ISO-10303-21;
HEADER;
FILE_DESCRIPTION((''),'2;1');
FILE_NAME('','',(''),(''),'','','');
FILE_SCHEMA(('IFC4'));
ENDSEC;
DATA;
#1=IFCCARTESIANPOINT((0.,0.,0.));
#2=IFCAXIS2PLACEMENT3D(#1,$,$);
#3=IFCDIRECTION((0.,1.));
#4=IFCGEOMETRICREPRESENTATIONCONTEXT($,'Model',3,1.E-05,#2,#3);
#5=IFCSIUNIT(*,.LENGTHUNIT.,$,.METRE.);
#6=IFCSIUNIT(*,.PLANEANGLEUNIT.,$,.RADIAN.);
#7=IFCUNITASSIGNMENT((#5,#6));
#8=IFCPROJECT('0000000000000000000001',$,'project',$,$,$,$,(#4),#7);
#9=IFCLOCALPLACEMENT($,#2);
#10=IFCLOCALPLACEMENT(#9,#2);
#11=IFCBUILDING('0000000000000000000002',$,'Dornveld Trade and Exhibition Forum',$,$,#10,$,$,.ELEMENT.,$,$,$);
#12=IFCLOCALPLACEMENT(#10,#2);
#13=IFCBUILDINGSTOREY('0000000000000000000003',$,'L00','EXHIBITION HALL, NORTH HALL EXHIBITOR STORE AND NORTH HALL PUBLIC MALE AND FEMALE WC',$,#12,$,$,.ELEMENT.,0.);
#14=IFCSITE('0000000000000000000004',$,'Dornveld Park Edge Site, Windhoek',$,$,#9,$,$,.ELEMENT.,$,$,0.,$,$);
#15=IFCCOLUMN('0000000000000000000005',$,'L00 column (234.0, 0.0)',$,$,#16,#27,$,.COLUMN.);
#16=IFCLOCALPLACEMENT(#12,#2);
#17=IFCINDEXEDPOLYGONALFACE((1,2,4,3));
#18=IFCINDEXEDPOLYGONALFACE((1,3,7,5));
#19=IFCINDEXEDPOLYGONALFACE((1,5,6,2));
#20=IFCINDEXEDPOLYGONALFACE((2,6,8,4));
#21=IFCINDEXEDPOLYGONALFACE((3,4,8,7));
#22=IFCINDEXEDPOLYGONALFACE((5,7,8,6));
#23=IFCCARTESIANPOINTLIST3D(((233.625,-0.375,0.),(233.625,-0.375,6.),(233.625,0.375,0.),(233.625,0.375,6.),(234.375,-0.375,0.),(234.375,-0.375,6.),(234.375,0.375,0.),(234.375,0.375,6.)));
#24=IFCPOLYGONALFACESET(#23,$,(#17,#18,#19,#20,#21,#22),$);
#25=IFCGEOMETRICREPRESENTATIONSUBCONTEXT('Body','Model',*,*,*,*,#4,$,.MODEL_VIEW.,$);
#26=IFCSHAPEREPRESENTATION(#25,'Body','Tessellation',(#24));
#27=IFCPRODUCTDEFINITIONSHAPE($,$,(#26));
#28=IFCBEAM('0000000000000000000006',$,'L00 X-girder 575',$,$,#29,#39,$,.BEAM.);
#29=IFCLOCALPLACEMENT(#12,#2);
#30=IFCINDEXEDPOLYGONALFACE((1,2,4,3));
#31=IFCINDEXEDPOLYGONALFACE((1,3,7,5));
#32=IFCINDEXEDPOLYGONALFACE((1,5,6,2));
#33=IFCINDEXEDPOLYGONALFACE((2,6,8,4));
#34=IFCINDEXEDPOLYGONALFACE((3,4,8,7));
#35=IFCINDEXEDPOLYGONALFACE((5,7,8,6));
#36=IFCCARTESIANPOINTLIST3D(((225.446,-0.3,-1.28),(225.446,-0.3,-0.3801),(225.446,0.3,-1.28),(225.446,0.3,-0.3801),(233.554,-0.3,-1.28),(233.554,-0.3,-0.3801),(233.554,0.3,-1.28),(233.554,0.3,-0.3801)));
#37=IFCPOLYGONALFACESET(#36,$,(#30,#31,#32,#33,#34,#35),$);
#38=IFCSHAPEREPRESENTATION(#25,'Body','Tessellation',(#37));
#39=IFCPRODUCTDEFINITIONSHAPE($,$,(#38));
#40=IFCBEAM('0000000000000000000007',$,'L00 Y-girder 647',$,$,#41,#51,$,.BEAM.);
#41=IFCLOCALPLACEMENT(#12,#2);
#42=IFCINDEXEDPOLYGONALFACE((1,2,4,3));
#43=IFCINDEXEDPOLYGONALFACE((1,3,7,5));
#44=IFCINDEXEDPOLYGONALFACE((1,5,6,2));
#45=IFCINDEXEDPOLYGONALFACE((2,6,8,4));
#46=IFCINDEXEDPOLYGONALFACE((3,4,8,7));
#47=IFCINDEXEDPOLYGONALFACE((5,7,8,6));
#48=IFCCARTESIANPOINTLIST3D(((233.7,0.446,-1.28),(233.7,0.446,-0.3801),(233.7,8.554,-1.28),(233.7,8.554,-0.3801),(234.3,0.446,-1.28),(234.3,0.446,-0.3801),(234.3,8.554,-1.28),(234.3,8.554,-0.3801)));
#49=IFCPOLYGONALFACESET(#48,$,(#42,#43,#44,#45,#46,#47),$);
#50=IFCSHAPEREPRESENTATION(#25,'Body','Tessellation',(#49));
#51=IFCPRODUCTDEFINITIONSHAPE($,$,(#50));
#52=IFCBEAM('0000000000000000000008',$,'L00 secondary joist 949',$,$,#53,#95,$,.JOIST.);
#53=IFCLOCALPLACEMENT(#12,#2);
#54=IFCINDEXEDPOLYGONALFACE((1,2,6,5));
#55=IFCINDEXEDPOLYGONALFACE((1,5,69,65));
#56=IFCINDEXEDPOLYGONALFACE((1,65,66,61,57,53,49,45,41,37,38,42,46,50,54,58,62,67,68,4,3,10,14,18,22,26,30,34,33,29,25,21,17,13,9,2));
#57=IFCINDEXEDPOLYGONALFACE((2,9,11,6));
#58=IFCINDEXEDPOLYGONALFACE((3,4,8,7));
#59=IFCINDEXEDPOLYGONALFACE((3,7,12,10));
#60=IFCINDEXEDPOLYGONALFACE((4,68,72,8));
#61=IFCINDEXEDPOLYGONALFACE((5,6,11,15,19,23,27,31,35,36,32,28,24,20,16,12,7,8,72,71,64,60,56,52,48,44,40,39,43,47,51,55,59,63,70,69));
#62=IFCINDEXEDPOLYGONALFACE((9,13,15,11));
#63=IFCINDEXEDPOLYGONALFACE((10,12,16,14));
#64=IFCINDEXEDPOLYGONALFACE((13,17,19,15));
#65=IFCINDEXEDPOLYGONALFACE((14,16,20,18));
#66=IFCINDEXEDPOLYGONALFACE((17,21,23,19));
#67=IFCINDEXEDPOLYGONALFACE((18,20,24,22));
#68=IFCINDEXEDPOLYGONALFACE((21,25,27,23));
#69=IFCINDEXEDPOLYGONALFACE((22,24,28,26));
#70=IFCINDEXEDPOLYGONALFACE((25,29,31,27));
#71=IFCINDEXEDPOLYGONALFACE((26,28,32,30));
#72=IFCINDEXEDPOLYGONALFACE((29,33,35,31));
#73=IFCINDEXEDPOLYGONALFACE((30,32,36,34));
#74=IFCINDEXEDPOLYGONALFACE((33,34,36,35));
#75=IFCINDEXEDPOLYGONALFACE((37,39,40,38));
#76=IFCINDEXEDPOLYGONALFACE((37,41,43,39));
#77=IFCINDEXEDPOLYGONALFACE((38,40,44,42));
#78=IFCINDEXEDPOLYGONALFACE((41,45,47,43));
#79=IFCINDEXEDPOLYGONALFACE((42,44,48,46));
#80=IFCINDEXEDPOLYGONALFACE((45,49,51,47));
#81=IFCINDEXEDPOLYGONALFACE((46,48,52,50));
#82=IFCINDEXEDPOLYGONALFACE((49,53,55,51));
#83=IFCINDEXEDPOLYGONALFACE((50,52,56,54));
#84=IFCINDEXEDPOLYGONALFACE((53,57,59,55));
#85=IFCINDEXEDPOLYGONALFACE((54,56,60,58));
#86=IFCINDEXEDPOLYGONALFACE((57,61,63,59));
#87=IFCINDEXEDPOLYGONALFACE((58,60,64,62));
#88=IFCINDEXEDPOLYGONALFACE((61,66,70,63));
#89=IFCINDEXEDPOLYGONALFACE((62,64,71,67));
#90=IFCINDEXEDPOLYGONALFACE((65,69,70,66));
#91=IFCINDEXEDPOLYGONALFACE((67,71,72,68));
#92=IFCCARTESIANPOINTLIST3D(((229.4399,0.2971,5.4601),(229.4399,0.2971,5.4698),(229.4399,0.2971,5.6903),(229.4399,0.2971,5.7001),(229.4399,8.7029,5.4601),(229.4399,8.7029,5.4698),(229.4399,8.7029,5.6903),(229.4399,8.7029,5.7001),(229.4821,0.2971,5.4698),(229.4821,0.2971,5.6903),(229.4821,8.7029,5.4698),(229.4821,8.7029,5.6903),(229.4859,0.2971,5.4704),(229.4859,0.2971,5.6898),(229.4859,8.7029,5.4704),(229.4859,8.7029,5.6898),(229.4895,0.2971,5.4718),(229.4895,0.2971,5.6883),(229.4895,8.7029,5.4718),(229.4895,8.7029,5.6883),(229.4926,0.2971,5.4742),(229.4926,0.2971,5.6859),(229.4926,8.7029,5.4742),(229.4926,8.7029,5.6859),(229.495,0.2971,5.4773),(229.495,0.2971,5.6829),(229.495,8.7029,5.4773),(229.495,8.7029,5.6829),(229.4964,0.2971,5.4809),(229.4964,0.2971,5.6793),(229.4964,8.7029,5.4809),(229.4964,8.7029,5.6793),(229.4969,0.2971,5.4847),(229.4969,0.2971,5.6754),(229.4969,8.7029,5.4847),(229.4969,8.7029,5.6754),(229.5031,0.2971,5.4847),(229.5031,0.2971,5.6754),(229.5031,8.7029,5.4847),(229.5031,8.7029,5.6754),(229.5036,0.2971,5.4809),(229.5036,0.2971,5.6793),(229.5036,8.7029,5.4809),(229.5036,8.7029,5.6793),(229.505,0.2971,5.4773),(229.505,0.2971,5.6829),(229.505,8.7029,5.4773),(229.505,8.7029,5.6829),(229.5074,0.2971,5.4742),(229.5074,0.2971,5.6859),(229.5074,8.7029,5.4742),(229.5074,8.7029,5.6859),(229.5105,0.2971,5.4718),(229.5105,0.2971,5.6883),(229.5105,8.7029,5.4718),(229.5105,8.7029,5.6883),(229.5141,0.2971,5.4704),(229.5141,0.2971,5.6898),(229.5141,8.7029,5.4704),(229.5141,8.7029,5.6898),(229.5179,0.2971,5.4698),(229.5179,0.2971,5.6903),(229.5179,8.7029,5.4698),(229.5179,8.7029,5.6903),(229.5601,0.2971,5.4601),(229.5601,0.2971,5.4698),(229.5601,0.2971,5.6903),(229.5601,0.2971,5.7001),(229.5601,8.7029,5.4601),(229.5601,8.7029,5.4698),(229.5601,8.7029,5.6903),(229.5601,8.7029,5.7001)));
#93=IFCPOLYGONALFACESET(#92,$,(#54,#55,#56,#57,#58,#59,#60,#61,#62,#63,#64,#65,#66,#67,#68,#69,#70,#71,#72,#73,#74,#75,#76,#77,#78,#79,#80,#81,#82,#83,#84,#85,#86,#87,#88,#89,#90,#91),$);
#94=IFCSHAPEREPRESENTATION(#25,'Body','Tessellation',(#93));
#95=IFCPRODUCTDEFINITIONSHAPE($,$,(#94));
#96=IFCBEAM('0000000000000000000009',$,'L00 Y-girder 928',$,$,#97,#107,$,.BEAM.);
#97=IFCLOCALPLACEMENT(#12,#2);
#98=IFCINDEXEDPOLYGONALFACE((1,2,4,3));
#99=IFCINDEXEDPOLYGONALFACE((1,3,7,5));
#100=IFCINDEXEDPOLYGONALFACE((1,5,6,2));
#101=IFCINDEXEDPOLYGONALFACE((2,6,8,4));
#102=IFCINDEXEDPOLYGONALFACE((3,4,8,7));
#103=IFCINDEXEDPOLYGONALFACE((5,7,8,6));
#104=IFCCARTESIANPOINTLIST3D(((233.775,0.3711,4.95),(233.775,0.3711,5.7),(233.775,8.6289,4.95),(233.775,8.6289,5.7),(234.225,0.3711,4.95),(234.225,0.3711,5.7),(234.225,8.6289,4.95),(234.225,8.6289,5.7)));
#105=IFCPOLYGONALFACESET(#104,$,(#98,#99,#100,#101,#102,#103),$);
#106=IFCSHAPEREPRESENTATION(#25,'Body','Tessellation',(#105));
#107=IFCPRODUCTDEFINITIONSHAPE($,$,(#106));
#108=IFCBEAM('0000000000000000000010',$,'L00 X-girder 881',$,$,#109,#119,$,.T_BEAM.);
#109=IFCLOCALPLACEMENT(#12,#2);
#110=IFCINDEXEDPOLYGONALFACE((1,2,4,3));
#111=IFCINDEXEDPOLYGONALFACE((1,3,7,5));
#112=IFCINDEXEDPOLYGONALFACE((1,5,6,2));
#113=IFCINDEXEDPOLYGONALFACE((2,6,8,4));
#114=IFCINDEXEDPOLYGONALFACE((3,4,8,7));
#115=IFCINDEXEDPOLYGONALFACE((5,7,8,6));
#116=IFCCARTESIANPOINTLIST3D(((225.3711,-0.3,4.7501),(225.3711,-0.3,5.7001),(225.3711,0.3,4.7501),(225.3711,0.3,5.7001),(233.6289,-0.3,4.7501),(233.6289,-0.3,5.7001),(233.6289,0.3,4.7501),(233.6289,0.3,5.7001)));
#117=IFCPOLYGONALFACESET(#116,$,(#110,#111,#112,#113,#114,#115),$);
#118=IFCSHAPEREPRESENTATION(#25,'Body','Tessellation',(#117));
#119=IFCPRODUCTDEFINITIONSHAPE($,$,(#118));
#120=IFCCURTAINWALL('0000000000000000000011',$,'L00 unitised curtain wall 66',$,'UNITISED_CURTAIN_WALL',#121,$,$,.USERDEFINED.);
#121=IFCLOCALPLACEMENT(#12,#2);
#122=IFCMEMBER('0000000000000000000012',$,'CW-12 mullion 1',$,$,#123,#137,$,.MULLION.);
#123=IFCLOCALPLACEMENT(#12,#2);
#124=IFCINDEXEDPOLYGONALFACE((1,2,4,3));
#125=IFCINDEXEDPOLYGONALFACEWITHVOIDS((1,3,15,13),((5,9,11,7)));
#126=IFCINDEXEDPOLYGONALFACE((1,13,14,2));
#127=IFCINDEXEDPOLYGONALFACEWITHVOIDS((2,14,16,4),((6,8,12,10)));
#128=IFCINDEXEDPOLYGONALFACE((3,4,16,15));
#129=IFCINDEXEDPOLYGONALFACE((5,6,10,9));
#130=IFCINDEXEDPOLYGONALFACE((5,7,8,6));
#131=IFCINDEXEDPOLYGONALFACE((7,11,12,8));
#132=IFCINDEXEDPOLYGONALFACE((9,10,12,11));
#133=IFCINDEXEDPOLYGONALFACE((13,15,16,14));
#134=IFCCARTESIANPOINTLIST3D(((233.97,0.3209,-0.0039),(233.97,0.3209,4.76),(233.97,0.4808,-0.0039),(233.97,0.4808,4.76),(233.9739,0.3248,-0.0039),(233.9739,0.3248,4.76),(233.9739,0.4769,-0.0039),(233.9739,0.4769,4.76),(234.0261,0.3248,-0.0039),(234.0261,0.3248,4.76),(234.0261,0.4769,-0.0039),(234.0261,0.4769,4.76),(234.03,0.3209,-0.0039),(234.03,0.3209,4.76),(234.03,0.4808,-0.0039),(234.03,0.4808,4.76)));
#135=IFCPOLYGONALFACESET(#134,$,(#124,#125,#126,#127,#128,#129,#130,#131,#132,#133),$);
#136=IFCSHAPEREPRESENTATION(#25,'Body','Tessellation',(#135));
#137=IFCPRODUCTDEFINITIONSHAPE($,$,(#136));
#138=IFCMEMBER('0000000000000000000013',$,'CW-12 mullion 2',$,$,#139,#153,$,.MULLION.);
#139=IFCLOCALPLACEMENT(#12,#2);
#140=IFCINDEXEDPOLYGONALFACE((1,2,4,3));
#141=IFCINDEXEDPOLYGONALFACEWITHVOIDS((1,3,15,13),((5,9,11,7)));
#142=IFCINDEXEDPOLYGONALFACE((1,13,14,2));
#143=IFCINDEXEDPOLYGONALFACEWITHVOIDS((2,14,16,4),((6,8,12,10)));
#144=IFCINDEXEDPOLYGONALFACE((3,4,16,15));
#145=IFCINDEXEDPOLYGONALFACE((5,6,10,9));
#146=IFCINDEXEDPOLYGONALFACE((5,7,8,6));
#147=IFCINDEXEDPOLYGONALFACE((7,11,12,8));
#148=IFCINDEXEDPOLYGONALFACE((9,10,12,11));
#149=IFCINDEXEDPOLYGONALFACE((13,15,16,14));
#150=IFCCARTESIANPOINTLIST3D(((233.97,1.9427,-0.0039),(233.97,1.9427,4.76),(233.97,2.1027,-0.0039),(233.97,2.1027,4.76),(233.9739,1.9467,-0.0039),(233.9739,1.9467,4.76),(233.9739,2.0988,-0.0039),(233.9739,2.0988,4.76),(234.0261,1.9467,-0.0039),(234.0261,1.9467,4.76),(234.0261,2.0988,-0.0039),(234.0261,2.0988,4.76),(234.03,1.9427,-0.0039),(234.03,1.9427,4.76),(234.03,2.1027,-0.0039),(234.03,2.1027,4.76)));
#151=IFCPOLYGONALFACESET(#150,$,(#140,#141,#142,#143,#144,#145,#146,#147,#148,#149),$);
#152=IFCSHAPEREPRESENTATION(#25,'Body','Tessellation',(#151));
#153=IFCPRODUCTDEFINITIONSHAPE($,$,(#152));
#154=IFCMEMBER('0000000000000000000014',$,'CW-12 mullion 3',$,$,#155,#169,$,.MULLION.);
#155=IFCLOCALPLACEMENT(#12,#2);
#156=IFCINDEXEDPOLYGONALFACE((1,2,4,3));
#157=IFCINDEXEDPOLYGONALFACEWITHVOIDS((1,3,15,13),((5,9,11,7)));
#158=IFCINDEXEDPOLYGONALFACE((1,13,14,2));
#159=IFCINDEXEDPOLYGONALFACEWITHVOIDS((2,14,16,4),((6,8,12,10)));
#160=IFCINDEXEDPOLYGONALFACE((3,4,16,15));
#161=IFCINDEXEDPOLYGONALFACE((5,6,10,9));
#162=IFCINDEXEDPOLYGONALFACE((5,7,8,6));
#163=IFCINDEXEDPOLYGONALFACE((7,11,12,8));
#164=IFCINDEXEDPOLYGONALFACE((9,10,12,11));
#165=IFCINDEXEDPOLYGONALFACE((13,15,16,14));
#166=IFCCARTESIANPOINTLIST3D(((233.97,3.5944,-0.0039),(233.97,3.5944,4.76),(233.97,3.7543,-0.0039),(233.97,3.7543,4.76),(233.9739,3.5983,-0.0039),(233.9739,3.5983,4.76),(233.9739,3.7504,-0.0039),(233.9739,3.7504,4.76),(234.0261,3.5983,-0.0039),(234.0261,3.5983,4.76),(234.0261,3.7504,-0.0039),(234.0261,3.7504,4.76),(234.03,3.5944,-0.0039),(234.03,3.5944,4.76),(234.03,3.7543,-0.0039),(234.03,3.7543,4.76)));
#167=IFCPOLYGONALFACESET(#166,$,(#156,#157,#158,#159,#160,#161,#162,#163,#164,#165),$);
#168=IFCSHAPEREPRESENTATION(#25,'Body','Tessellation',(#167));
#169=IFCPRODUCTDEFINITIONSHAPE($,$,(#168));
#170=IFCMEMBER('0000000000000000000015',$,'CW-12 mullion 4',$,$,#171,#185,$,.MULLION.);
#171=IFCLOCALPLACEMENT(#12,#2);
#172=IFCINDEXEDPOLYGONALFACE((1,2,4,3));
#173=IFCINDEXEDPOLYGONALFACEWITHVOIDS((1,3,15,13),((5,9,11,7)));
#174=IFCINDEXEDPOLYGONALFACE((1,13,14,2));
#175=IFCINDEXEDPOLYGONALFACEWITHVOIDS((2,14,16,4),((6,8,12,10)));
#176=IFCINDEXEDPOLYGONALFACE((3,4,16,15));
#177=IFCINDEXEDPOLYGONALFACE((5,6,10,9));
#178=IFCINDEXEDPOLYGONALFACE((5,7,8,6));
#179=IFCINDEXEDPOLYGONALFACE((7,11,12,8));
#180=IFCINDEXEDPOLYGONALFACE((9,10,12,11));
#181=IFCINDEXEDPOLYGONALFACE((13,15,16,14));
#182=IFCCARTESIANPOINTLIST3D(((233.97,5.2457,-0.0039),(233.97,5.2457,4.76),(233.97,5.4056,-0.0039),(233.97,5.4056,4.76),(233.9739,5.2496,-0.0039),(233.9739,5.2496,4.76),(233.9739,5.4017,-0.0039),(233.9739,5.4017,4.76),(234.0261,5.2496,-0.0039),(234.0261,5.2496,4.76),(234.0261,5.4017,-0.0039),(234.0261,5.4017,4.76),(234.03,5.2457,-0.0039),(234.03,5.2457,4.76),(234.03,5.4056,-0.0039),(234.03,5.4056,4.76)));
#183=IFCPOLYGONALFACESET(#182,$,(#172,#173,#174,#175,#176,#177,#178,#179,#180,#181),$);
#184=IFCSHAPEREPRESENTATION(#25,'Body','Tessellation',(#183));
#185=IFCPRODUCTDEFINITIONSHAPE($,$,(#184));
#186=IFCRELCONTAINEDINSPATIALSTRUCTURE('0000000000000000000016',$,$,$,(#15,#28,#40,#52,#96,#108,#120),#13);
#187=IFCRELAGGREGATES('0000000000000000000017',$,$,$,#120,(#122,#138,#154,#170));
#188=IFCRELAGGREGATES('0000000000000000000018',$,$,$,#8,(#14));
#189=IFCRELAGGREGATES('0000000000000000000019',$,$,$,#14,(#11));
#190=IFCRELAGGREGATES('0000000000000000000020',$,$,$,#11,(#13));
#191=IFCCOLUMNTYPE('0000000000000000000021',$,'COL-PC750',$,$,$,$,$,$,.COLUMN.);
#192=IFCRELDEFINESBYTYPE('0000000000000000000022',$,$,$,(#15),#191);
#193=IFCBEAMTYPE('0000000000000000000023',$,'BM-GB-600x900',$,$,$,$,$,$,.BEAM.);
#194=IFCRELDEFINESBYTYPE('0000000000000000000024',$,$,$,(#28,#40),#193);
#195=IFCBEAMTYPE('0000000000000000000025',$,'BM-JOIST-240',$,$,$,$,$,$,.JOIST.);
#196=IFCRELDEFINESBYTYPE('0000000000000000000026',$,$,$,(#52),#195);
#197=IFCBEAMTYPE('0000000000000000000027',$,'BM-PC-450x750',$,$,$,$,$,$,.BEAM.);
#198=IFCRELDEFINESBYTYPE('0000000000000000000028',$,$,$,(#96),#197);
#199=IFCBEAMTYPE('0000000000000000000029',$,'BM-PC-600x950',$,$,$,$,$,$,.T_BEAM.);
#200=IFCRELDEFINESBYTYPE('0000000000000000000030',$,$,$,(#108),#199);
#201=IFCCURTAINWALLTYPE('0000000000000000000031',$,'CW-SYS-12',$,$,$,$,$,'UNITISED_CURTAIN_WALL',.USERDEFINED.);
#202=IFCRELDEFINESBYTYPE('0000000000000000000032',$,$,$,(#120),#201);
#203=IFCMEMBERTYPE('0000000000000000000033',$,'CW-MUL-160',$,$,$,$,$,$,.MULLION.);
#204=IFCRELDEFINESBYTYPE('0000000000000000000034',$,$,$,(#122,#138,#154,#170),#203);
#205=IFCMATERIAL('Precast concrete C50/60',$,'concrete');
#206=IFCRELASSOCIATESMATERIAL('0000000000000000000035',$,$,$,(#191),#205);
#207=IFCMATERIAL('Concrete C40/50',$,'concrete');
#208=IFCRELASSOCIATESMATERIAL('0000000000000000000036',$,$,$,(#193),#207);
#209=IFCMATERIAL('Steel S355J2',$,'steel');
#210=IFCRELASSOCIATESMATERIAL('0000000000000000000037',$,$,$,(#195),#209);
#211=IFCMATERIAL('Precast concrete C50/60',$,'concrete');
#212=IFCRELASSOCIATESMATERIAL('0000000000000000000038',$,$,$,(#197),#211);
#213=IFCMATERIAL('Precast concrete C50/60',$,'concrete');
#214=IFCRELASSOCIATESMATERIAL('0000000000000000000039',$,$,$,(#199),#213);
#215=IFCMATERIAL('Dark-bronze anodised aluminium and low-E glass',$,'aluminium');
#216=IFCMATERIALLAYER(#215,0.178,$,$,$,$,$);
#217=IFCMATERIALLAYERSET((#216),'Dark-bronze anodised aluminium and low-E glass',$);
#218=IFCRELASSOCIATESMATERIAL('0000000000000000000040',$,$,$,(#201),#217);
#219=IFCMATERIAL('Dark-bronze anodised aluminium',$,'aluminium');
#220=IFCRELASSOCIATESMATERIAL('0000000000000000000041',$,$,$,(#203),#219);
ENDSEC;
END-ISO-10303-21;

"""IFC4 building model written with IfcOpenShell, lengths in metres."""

from ifc_helpers import new_model, si_unit, direction, frame, origin, origin_2d, place, context, subcontext, project, spatial, rectangle, hollow_rectangle, i_section, extrude, material, layer, layer_set, material_profile, profile_set, type_object, element, aggregate, save


model = new_model("IFC4")

# Units and contexts
model_context = context("Model", 3, precision=1e-05, world=origin(), true_north=direction((0.0, 1.0)))
body_context = subcontext(model_context, "Body", "Model", "MODEL_VIEW")
ifc_project = project(units=[si_unit("LENGTHUNIT", "METRE"), si_unit("PLANEANGLEUNIT", "RADIAN")], contexts=[model_context])

# Site, building, storey
site_placement = place(None, origin())
site = spatial("IfcSite", under=ifc_project, at=site_placement, Name="Dornveld Park Edge Site, Windhoek", CompositionType="ELEMENT", RefElevation=0.0)
building_placement = place(site_placement, origin())
building = spatial("IfcBuilding", under=site, at=building_placement, Name="Dornveld Trade and Exhibition Forum", CompositionType="ELEMENT")
storey_placement = place(building_placement, origin())
storey = spatial("IfcBuildingStorey", under=building, at=storey_placement, Name="L00", Description="EXHIBITION HALL, NORTH HALL EXHIBITOR STORE AND NORTH HALL PUBLIC MALE AND FEMALE WC", CompositionType="ELEMENT", Elevation=0.0)

# Column
ifc_material_1 = material(Name="Precast concrete C50/60", Category="concrete")
ifc_material_profile_1 = material_profile(ifc_material_1, rectangle(XDim=0.75, YDim=0.75, at=origin_2d()), Name="PC-COL 750x750")
ifc_profile_set_1 = profile_set([ifc_material_profile_1], Name="Precast concrete C50/60")
column_type = type_object("IfcColumnType", Name="COL-PC750", PredefinedType="COLUMN", material=ifc_profile_set_1)
column_placement = place(storey_placement, frame((234.0, 0.0, 0.0), z_axis=(0.0, 0.0, 1.0), x_axis=(1.0, 0.0, 0.0)))
element("IfcColumn", 1, at=column_placement, inside=storey, type_object=column_type, Name="L00 column (234.0, 0.0)", PredefinedType="COLUMN", context=body_context, shape_type="SweptSolid", body=[
    extrude(rectangle(XDim=0.75, YDim=0.75, at=origin_2d()), origin(), (0.0, 0.0, 1.0), 6.0),
])

# Beams
ifc_material_2 = material(Name="Concrete C40/50", Category="concrete")
ifc_material_profile_2 = material_profile(ifc_material_2, rectangle(XDim=0.6001, YDim=0.8999, at=origin_2d()), Name="RC-GB 600x900")
ifc_profile_set_2 = profile_set([ifc_material_profile_2], Name="Concrete C40/50")
beam_type_1 = type_object("IfcBeamType", Name="BM-GB-600x900", PredefinedType="BEAM", material=ifc_profile_set_2)
for number, where, z_axis, x_axis, name in (
    (2, (225.446, 0.0, -0.8301), (1.0, 0.0, 0.0), (0.0, 1.0, 0.0), "L00 X-girder 575"),
    (3, (234.0, 0.446, -0.8301), (0.0, 1.0, 0.0), (-1.0, 0.0, 0.0), "L00 Y-girder 647"),
):
    element("IfcBeam", number, at=place(storey_placement, frame(where, z_axis=z_axis, x_axis=x_axis)), inside=storey, type_object=beam_type_1, Name=name, PredefinedType="BEAM", context=body_context, shape_type="SweptSolid", body=[
        extrude(rectangle(XDim=0.6001, YDim=0.8999, at=origin_2d()), origin(), (0.0, 0.0, 1.0), 8.1079),
    ])
ifc_material_3 = material(Name="Steel S355J2", Category="steel")
ifc_material_profile_3 = material_profile(ifc_material_3, i_section(OverallWidth=0.1201, OverallDepth=0.24, WebThickness=0.0061, FlangeThickness=0.0098, FilletRadius=0.0149, at=origin_2d()), Name="IPE 240")
ifc_profile_set_3 = profile_set([ifc_material_profile_3], Name="Steel S355J2")
beam_type_2 = type_object("IfcBeamType", Name="BM-JOIST-240", PredefinedType="JOIST", material=ifc_profile_set_3)
beam_1_placement = place(storey_placement, frame((229.5, 0.2971, 5.5801), z_axis=(0.0, 1.0, 0.0), x_axis=(-1.0, 0.0, 0.0)))
element("IfcBeam", 4, at=beam_1_placement, inside=storey, type_object=beam_type_2, Name="L00 secondary joist 949", PredefinedType="JOIST", context=body_context, shape_type="SweptSolid", body=[
    extrude(i_section(OverallWidth=0.1201, OverallDepth=0.24, WebThickness=0.0061, FlangeThickness=0.0098, FilletRadius=0.0149, at=origin_2d()), origin(), (0.0, 0.0, 1.0), 8.4058),
])
ifc_material_4 = material(Name="Precast concrete C50/60", Category="concrete")
ifc_material_profile_4 = material_profile(ifc_material_4, rectangle(XDim=0.45, YDim=0.75, at=origin_2d()), Name="PC-BM 450x750")
ifc_profile_set_4 = profile_set([ifc_material_profile_4], Name="Precast concrete C50/60")
beam_type_3 = type_object("IfcBeamType", Name="BM-PC-450x750", PredefinedType="BEAM", material=ifc_profile_set_4)
beam_2_placement = place(storey_placement, frame((234.0, 0.3711, 5.325), z_axis=(0.0, 1.0, 0.0), x_axis=(-1.0, 0.0, 0.0)))
element("IfcBeam", 5, at=beam_2_placement, inside=storey, type_object=beam_type_3, Name="L00 Y-girder 928", PredefinedType="BEAM", context=body_context, shape_type="SweptSolid", body=[
    extrude(rectangle(XDim=0.45, YDim=0.75, at=origin_2d()), origin(), (0.0, 0.0, 1.0), 8.2578),
])
ifc_material_5 = material(Name="Precast concrete C50/60", Category="concrete")
ifc_material_profile_5 = material_profile(ifc_material_5, rectangle(XDim=0.6001, YDim=0.95, at=origin_2d()), Name="PC-GIR 600x950")
ifc_profile_set_5 = profile_set([ifc_material_profile_5], Name="Precast concrete C50/60")
beam_type_4 = type_object("IfcBeamType", Name="BM-PC-600x950", PredefinedType="T_BEAM", material=ifc_profile_set_5)
beam_3_placement = place(storey_placement, frame((225.3711, 0.0, 5.2251), z_axis=(1.0, 0.0, 0.0), x_axis=(0.0, 1.0, 0.0)))
element("IfcBeam", 6, at=beam_3_placement, inside=storey, type_object=beam_type_4, Name="L00 X-girder 881", PredefinedType="T_BEAM", context=body_context, shape_type="SweptSolid", body=[
    extrude(rectangle(XDim=0.6001, YDim=0.95, at=origin_2d()), origin(), (0.0, 0.0, 1.0), 8.2578),
])

# Curtain wall, members
ifc_material_6 = material(Name="Dark-bronze anodised aluminium and low-E glass", Category="aluminium")
ifc_layer_1 = layer(ifc_material_6, 0.178)
ifc_layer_set_1 = layer_set([ifc_layer_1], Name="Dark-bronze anodised aluminium and low-E glass")
curtain_wall_type = type_object("IfcCurtainWallType", Name="CW-SYS-12", ElementType="UNITISED_CURTAIN_WALL", PredefinedType="USERDEFINED", material=ifc_layer_set_1)
curtain_wall_placement = place(storey_placement, origin())
curtain_wall = element("IfcCurtainWall", 7, at=curtain_wall_placement, inside=storey, type_object=curtain_wall_type, Name="L00 unitised curtain wall 66", ObjectType="UNITISED_CURTAIN_WALL", PredefinedType="USERDEFINED")
ifc_material_7 = material(Name="Dark-bronze anodised aluminium", Category="aluminium")
ifc_material_profile_6 = material_profile(ifc_material_7, hollow_rectangle(XDim=0.0601, YDim=0.1599, WallThickness=0.0039, at=origin_2d()), Name="RHS 160x60x4")
ifc_profile_set_6 = profile_set([ifc_material_profile_6], Name="Dark-bronze anodised aluminium")
member_type_1 = type_object("IfcMemberType", Name="CW-MUL-160", PredefinedType="MULLION", material=ifc_profile_set_6)
member_1_placement = place(storey_placement, frame((234.0, 0.4009, -0.0039), z_axis=(0.0, 0.0, 1.0), x_axis=(-1.0, 0.0, 0.0)))
member_1 = element("IfcMember", 8, at=member_1_placement, type_object=member_type_1, Name="CW-12 mullion 1", PredefinedType="MULLION", context=body_context, shape_type="SweptSolid", body=[
    extrude(hollow_rectangle(XDim=0.0601, YDim=0.1599, WallThickness=0.0039, at=origin_2d()), origin(), (0.0, 0.0, 1.0), 4.7639),
])
member_2_placement = place(storey_placement, frame((234.0, 2.0227, -0.0039), z_axis=(0.0, 0.0, 1.0), x_axis=(-1.0, 0.0, 0.0)))
member_2 = element("IfcMember", 9, at=member_2_placement, type_object=member_type_1, Name="CW-12 mullion 2", PredefinedType="MULLION", context=body_context, shape_type="SweptSolid", body=[
    extrude(hollow_rectangle(XDim=0.0601, YDim=0.1599, WallThickness=0.0039, at=origin_2d()), origin(), (0.0, 0.0, 1.0), 4.7639),
])
member_3_placement = place(storey_placement, frame((234.0, 3.6743, -0.0039), z_axis=(0.0, 0.0, 1.0), x_axis=(-1.0, 0.0, 0.0)))
member_3 = element("IfcMember", 10, at=member_3_placement, type_object=member_type_1, Name="CW-12 mullion 3", PredefinedType="MULLION", context=body_context, shape_type="SweptSolid", body=[
    extrude(hollow_rectangle(XDim=0.0601, YDim=0.1599, WallThickness=0.0039, at=origin_2d()), origin(), (0.0, 0.0, 1.0), 4.7639),
])
member_4_placement = place(storey_placement, frame((234.0, 5.3257, -0.0039), z_axis=(0.0, 0.0, 1.0), x_axis=(-1.0, 0.0, 0.0)))
member_4 = element("IfcMember", 11, at=member_4_placement, type_object=member_type_1, Name="CW-12 mullion 4", PredefinedType="MULLION", context=body_context, shape_type="SweptSolid", body=[
    extrude(hollow_rectangle(XDim=0.0601, YDim=0.1599, WallThickness=0.0039, at=origin_2d()), origin(), (0.0, 0.0, 1.0), 4.7639),
])
aggregate(curtain_wall, [member_1, member_2, member_3, member_4])

save(model, "model.ifc")
